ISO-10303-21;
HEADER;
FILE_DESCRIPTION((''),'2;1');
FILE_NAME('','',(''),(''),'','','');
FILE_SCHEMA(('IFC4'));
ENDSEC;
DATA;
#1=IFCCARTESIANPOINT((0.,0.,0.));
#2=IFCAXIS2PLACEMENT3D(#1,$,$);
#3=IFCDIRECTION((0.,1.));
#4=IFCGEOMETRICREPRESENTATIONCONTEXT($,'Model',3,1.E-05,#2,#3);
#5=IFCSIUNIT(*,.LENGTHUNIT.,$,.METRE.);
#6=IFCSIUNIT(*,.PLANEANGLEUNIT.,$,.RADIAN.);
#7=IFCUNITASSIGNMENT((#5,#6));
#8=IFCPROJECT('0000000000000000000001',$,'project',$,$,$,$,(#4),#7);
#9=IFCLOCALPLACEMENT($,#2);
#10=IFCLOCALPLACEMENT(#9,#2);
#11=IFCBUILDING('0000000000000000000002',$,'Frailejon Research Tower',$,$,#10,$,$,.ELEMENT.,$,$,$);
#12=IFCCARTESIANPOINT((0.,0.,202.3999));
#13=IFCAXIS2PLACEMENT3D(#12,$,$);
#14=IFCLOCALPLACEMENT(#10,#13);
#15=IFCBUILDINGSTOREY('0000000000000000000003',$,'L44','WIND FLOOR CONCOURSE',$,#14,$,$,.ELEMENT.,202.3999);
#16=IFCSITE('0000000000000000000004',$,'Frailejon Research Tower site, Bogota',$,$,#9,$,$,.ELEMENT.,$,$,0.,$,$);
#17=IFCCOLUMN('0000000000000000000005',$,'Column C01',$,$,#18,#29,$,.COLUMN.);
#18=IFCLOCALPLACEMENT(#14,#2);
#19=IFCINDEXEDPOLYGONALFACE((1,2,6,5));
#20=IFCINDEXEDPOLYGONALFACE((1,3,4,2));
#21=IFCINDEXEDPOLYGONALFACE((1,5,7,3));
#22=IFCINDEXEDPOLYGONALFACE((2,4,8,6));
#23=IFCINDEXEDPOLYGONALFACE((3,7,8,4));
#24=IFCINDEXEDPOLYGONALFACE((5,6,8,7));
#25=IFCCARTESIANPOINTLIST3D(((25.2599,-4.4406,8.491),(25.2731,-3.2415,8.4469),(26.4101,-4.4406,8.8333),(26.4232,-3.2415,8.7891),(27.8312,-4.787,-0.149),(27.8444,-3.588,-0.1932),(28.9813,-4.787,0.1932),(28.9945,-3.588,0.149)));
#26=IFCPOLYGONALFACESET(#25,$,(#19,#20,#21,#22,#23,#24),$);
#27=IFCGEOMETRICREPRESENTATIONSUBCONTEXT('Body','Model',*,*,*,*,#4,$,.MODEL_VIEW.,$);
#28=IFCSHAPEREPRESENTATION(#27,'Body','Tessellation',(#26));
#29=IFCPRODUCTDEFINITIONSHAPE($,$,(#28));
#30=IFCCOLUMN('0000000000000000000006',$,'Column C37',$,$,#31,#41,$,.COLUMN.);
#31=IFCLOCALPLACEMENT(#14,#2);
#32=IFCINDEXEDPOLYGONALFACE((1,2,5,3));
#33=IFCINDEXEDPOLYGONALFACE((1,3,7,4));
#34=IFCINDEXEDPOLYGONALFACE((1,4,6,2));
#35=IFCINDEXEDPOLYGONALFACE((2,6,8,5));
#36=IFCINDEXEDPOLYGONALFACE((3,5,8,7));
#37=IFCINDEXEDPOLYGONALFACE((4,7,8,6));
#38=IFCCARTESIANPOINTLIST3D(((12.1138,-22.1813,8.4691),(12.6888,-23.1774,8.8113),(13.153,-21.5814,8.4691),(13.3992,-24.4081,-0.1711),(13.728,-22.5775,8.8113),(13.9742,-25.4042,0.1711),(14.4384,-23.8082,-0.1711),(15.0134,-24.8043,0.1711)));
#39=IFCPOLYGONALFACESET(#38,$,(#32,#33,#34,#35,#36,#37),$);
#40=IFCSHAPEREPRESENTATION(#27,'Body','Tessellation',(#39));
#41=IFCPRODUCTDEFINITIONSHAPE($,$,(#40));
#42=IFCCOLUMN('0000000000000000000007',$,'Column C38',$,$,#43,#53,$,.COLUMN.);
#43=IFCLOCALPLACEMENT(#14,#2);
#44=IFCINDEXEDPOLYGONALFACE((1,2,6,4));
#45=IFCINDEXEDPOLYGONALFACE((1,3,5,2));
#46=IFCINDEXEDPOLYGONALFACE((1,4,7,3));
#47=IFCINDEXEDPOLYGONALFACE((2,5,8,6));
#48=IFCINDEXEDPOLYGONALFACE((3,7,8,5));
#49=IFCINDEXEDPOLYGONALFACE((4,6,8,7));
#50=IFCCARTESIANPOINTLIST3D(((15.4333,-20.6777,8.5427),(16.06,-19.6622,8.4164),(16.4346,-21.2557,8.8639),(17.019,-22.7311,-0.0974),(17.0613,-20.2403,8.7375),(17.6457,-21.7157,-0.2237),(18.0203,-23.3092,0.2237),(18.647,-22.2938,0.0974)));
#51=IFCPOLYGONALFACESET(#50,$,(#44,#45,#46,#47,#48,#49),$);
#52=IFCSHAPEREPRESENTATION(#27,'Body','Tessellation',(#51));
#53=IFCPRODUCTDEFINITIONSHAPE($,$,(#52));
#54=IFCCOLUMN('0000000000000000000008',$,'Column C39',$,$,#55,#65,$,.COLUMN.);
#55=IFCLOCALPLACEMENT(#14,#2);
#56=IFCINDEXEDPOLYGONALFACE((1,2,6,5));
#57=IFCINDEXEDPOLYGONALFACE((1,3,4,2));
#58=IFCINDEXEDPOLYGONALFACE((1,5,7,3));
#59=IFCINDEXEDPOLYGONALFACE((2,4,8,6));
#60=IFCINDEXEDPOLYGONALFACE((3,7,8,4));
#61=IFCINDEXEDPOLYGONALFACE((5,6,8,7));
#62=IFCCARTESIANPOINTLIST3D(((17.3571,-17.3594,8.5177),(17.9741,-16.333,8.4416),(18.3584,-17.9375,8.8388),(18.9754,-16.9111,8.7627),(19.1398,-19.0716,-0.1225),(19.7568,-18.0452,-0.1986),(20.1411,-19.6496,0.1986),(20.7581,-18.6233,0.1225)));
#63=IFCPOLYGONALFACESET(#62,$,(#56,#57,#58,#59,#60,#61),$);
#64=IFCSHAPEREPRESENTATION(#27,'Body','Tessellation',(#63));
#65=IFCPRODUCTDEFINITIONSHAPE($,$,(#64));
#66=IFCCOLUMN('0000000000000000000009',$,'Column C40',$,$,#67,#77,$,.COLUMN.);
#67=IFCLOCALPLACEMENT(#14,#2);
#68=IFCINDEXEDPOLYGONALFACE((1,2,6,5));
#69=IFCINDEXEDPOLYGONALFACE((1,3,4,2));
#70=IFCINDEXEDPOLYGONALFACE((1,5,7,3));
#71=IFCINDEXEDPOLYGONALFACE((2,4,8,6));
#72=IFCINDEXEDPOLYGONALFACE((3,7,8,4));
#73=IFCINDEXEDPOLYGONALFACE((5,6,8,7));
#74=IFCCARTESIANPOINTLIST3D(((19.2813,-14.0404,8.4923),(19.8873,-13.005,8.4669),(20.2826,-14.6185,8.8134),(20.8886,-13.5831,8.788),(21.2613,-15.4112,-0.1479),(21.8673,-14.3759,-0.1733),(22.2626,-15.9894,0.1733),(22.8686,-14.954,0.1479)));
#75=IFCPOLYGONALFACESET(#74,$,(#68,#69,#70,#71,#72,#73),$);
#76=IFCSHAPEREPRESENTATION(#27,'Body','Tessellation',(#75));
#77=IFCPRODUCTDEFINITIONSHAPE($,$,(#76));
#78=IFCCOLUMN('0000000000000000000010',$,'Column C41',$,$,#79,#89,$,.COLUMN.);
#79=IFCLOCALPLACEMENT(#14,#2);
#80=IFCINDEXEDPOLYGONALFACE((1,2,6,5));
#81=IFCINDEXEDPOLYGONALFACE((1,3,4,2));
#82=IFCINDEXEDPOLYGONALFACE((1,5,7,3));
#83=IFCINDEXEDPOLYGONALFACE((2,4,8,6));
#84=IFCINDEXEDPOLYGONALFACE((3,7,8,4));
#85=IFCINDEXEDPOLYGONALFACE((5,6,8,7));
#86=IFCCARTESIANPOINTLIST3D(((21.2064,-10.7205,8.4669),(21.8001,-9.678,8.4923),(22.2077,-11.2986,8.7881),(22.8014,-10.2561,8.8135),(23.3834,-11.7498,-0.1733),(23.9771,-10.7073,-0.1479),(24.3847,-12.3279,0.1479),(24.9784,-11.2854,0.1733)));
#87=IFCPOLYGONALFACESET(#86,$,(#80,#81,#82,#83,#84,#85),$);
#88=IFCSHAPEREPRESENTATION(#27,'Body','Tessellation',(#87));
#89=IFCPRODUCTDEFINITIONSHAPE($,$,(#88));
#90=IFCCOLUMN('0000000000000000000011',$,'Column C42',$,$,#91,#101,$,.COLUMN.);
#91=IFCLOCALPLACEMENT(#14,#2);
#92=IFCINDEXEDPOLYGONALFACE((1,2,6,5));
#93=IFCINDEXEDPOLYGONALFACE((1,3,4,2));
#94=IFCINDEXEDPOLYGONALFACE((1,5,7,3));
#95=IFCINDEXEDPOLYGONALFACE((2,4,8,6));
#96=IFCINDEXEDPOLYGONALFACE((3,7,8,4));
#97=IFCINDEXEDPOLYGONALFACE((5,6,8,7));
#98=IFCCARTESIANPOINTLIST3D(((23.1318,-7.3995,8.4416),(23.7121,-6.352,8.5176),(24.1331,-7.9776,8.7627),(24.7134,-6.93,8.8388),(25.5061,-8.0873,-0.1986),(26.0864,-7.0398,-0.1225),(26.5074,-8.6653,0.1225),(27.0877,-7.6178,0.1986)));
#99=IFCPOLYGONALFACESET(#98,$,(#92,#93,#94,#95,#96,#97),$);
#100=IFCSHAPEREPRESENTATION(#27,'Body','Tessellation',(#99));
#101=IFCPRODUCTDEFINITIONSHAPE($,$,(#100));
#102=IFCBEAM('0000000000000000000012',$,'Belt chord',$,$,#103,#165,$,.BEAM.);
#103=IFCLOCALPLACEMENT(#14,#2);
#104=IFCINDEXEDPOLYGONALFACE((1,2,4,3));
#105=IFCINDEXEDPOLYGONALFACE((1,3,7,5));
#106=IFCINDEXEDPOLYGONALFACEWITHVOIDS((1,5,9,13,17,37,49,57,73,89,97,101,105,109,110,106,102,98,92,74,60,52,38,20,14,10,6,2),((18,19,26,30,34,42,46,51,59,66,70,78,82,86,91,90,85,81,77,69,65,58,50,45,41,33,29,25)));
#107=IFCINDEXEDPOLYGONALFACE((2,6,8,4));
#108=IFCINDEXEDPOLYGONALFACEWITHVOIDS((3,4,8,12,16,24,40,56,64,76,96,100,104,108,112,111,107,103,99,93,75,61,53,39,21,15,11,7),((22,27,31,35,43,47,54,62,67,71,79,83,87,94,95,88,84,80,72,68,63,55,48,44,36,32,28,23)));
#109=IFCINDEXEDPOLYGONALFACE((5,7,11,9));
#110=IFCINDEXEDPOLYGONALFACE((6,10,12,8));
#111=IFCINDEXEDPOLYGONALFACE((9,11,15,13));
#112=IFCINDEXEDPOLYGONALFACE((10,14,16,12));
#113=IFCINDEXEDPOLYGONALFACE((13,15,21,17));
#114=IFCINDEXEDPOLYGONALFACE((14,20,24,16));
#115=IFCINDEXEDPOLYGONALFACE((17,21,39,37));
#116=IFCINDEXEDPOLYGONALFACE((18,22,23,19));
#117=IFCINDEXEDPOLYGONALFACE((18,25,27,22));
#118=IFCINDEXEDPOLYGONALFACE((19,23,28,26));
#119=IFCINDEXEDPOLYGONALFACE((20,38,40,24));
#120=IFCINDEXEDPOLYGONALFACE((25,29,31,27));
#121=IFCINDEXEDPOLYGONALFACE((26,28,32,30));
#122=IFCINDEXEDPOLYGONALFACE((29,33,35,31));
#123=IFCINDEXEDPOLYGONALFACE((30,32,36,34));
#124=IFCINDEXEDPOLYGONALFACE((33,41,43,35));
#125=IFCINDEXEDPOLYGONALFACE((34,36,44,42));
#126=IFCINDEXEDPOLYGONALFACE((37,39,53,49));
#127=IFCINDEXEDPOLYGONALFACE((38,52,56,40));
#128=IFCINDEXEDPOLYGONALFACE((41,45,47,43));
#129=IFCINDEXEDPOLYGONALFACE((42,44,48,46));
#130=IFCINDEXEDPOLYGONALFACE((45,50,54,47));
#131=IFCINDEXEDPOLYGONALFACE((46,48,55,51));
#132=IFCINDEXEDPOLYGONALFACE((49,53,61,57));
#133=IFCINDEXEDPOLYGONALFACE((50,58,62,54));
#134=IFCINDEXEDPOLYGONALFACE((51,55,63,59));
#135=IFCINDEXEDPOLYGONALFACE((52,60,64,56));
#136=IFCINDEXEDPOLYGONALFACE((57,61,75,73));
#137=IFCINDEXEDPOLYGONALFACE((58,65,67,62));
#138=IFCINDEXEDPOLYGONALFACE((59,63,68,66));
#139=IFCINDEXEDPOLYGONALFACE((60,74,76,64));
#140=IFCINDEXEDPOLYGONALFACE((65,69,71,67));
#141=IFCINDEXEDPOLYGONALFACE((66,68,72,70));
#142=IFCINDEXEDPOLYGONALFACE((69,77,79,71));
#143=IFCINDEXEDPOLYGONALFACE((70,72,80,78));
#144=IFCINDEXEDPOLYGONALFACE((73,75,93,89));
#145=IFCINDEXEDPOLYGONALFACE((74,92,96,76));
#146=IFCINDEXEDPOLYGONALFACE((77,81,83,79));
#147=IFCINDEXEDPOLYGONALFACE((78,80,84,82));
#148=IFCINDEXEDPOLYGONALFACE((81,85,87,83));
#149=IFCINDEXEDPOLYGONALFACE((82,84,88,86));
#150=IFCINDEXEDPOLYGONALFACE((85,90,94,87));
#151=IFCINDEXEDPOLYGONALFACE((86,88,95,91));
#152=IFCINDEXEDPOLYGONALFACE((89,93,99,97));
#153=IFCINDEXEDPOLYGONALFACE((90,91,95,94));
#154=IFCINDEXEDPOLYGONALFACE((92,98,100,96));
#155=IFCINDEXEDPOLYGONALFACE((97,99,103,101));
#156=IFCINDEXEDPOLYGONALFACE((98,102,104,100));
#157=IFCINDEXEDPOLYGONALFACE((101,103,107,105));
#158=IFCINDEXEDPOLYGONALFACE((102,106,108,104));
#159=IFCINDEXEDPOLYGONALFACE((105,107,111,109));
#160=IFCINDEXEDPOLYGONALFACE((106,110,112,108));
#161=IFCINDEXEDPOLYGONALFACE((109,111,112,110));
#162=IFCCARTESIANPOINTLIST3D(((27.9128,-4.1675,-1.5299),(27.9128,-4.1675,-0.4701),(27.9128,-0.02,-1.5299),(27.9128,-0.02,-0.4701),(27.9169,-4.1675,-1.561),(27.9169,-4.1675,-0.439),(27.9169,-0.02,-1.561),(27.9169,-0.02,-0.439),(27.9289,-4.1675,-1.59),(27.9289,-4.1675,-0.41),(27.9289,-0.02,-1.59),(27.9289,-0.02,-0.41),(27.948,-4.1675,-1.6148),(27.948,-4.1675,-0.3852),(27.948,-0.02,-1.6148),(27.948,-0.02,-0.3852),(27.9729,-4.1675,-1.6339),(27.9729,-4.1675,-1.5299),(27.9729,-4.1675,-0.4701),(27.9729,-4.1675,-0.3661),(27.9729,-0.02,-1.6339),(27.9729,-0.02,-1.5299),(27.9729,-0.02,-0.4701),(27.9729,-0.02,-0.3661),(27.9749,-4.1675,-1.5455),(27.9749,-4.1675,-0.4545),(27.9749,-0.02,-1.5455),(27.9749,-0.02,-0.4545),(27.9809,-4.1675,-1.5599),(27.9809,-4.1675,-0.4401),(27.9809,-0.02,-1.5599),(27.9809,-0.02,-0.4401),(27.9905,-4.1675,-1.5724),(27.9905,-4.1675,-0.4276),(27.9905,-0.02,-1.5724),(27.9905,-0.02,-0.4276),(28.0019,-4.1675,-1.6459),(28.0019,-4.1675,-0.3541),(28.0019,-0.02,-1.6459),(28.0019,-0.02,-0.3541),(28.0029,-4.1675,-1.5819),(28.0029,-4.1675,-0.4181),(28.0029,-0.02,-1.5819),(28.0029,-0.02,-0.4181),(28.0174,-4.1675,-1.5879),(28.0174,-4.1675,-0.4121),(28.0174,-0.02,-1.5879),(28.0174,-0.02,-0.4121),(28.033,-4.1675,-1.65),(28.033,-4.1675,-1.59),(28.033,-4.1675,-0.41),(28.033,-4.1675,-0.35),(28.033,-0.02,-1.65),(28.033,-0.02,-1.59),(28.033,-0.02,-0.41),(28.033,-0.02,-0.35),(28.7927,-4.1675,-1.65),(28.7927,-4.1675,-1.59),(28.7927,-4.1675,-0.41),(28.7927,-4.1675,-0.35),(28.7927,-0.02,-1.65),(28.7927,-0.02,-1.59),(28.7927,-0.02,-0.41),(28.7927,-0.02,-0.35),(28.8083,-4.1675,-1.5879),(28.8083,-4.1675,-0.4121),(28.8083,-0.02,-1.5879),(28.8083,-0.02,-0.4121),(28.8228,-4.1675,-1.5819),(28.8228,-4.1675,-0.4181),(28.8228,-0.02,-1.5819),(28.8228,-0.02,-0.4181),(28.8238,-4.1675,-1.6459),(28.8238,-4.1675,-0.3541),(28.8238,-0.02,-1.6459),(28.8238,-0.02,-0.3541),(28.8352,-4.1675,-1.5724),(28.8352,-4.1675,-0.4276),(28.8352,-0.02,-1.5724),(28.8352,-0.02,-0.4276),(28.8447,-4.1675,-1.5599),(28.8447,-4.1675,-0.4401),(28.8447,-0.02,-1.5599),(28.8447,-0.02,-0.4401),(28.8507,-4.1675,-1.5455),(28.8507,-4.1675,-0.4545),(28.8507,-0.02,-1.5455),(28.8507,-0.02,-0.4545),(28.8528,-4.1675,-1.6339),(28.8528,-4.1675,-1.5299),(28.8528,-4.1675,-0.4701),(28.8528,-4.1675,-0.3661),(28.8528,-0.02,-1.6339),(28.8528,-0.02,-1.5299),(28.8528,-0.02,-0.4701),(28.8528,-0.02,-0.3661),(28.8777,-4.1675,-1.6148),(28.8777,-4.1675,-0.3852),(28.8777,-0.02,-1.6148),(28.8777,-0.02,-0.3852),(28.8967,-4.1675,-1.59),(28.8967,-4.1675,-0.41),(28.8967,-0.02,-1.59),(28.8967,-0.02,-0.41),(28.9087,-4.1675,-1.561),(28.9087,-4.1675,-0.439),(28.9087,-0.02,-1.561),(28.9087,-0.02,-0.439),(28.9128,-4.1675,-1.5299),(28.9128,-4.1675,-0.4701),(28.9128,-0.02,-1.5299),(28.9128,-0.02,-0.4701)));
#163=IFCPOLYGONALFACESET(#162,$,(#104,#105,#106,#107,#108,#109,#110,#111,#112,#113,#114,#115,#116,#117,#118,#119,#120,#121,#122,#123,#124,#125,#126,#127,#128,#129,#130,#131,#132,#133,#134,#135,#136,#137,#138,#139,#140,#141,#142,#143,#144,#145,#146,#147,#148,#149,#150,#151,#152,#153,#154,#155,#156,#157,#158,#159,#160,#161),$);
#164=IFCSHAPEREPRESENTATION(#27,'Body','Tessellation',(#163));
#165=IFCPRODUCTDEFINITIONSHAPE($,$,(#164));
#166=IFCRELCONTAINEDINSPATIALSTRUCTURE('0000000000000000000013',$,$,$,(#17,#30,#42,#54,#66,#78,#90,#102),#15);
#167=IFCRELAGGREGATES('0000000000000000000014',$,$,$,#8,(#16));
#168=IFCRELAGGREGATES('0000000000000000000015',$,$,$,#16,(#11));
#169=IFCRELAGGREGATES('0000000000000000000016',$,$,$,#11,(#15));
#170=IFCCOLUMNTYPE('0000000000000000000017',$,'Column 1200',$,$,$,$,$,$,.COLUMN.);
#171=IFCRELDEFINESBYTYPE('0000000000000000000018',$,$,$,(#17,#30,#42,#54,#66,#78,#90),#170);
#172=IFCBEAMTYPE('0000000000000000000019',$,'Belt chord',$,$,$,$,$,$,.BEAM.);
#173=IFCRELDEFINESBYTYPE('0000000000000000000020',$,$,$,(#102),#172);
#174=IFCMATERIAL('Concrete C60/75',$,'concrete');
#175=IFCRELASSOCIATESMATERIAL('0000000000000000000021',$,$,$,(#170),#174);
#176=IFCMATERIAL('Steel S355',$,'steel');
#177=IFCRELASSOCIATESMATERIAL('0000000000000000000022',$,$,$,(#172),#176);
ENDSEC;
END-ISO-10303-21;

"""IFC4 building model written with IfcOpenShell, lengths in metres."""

from ifc_helpers import new_model, si_unit, direction, frame, origin, origin_2d, place, context, subcontext, project, spatial, rectangle, hollow_rectangle, extrude, material, material_profile, profile_set, type_object, element, save


model = new_model("IFC4")

# Units and contexts
model_context = context("Model", 3, precision=1e-05, world=origin(), true_north=direction((0.0, 1.0)))
body_context = subcontext(model_context, "Body", "Model", "MODEL_VIEW")
ifc_project = project(units=[si_unit("LENGTHUNIT", "METRE"), si_unit("PLANEANGLEUNIT", "RADIAN")], contexts=[model_context])

# Site, building, storey
site_placement = place(None, origin())
site = spatial("IfcSite", under=ifc_project, at=site_placement, Name="Frailejon Research Tower site, Bogota", CompositionType="ELEMENT", RefElevation=0.0)
building_placement = place(site_placement, origin())
building = spatial("IfcBuilding", under=site, at=building_placement, Name="Frailejon Research Tower", CompositionType="ELEMENT")
storey_placement = place(building_placement, frame((0.0, 0.0, 202.3999)))
storey = spatial("IfcBuildingStorey", under=building, at=storey_placement, Name="L44", Description="WIND FLOOR CONCOURSE", CompositionType="ELEMENT", Elevation=202.3999)

# Columns
ifc_material_1 = material(Name="Concrete C60/75", Category="concrete")
ifc_material_profile_1 = material_profile(ifc_material_1, rectangle(XDim=1.2, YDim=1.2, at=origin_2d()), Name="Column 1200")
ifc_profile_set_1 = profile_set([ifc_material_profile_1], Name="Concrete C60/75")
column_type = type_object("IfcColumnType", Name="Column 1200", PredefinedType="COLUMN", material=ifc_profile_set_1)
column_1_placement = place(storey_placement, frame((28.4128, -4.1875, 0.0), z_axis=(-0.285025, 0.038402, 0.957751), x_axis=(0.010942, 0.999262, -0.03681)))
element("IfcColumn", 1, at=column_1_placement, inside=storey, type_object=column_type, Name="Column C01", PredefinedType="COLUMN", context=body_context, shape_type="SweptSolid", body=[
    extrude(rectangle(XDim=1.2, YDim=1.2, at=origin_2d()), origin(), (0.0, 0.0, 1.0), 9.0212),
])
column_2_placement = place(storey_placement, frame((14.2063, -24.6062, 0.0), z_axis=(-0.142591, 0.247022, 0.958461), x_axis=(0.866064, 0.499934, -0.000002)))
element("IfcColumn", 2, at=column_2_placement, inside=storey, type_object=column_type, Name="Column C37", PredefinedType="COLUMN", context=body_context, shape_type="SweptSolid", body=[
    extrude(rectangle(XDim=1.2, YDim=1.2, at=origin_2d()), origin(), (0.0, 0.0, 1.0), 9.0146),
])
column_3_placement = place(storey_placement, frame((17.833, -22.5125, 0.0), z_axis=(-0.175773, 0.227625, 0.957753), x_axis=(0.5223, 0.84624, -0.105267)))
element("IfcColumn", 3, at=column_3_placement, inside=storey, type_object=column_type, Name="Column C38", PredefinedType="COLUMN", context=body_context, shape_type="SweptSolid", body=[
    extrude(rectangle(XDim=1.2, YDim=1.2, at=origin_2d()), origin(), (0.0, 0.0, 1.0), 9.0212),
])
column_4_placement = place(storey_placement, frame((19.949, -18.8474, 0.0), z_axis=(-0.198372, 0.19052, 0.961432), x_axis=(0.51417, 0.855341, -0.063409)))
element("IfcColumn", 4, at=column_4_placement, inside=storey, type_object=column_type, Name="Column C39", PredefinedType="COLUMN", context=body_context, shape_type="SweptSolid", body=[
    extrude(rectangle(XDim=1.2, YDim=1.2, at=origin_2d()), origin(), (0.0, 0.0, 1.0), 8.9868),
])
for number, where, z_axis, x_axis, name in (
    (5, (22.0649, -15.1826, 0.0), (-0.220746, 0.152835, 0.963282), (0.505005, 0.862856, -0.021174), "Column C40"),
    (6, (24.1809, -11.5176, 0.0), (-0.242713, 0.114756, 0.963287), (0.494794, 0.868752, 0.021176), "Column C41"),
):
    element("IfcColumn", number, at=place(storey_placement, frame(where, z_axis=z_axis, x_axis=x_axis)), inside=storey, type_object=column_type, Name=name, PredefinedType="COLUMN", context=body_context, shape_type="SweptSolid", body=[
        extrude(rectangle(XDim=1.2, YDim=1.2, at=origin_2d()), origin(), (0.0, 0.0, 1.0), 8.9695),
    ])
column_5_placement = place(storey_placement, frame((26.2969, -7.8525, 0.0), z_axis=(-0.264196, 0.076528, 0.961428), x_axis=(0.483613, 0.872983, 0.063406)))
element("IfcColumn", 7, at=column_5_placement, inside=storey, type_object=column_type, Name="Column C42", PredefinedType="COLUMN", context=body_context, shape_type="SweptSolid", body=[
    extrude(rectangle(XDim=1.2, YDim=1.2, at=origin_2d()), origin(), (0.0, 0.0, 1.0), 8.9868),
])

# Beam
ifc_material_2 = material(Name="Steel S355", Category="steel")
ifc_material_profile_2 = material_profile(ifc_material_2, hollow_rectangle(XDim=1.0, YDim=1.3, WallThickness=0.0601, InnerFilletRadius=0.0601, OuterFilletRadius=0.1201, at=origin_2d()), Name="Belt chord")
ifc_profile_set_2 = profile_set([ifc_material_profile_2], Name="Steel S355")
beam_type_1 = type_object("IfcBeamType", Name="Belt chord", PredefinedType="BEAM", material=ifc_profile_set_2)
beam_1_placement = place(storey_placement, frame((28.4128, -4.1675, -1.0), z_axis=(0.0, 1.0, 0.0), x_axis=(-1.0, 0.0, 0.0)))
element("IfcBeam", 8, at=beam_1_placement, inside=storey, type_object=beam_type_1, Name="Belt chord", PredefinedType="BEAM", context=body_context, shape_type="SweptSolid", body=[
    extrude(hollow_rectangle(XDim=1.0, YDim=1.3, WallThickness=0.0601, InnerFilletRadius=0.0601, OuterFilletRadius=0.1201, at=origin_2d()), origin(), (0.0, 0.0, 1.0), 4.1475),
])

save(model, "model.ifc")
